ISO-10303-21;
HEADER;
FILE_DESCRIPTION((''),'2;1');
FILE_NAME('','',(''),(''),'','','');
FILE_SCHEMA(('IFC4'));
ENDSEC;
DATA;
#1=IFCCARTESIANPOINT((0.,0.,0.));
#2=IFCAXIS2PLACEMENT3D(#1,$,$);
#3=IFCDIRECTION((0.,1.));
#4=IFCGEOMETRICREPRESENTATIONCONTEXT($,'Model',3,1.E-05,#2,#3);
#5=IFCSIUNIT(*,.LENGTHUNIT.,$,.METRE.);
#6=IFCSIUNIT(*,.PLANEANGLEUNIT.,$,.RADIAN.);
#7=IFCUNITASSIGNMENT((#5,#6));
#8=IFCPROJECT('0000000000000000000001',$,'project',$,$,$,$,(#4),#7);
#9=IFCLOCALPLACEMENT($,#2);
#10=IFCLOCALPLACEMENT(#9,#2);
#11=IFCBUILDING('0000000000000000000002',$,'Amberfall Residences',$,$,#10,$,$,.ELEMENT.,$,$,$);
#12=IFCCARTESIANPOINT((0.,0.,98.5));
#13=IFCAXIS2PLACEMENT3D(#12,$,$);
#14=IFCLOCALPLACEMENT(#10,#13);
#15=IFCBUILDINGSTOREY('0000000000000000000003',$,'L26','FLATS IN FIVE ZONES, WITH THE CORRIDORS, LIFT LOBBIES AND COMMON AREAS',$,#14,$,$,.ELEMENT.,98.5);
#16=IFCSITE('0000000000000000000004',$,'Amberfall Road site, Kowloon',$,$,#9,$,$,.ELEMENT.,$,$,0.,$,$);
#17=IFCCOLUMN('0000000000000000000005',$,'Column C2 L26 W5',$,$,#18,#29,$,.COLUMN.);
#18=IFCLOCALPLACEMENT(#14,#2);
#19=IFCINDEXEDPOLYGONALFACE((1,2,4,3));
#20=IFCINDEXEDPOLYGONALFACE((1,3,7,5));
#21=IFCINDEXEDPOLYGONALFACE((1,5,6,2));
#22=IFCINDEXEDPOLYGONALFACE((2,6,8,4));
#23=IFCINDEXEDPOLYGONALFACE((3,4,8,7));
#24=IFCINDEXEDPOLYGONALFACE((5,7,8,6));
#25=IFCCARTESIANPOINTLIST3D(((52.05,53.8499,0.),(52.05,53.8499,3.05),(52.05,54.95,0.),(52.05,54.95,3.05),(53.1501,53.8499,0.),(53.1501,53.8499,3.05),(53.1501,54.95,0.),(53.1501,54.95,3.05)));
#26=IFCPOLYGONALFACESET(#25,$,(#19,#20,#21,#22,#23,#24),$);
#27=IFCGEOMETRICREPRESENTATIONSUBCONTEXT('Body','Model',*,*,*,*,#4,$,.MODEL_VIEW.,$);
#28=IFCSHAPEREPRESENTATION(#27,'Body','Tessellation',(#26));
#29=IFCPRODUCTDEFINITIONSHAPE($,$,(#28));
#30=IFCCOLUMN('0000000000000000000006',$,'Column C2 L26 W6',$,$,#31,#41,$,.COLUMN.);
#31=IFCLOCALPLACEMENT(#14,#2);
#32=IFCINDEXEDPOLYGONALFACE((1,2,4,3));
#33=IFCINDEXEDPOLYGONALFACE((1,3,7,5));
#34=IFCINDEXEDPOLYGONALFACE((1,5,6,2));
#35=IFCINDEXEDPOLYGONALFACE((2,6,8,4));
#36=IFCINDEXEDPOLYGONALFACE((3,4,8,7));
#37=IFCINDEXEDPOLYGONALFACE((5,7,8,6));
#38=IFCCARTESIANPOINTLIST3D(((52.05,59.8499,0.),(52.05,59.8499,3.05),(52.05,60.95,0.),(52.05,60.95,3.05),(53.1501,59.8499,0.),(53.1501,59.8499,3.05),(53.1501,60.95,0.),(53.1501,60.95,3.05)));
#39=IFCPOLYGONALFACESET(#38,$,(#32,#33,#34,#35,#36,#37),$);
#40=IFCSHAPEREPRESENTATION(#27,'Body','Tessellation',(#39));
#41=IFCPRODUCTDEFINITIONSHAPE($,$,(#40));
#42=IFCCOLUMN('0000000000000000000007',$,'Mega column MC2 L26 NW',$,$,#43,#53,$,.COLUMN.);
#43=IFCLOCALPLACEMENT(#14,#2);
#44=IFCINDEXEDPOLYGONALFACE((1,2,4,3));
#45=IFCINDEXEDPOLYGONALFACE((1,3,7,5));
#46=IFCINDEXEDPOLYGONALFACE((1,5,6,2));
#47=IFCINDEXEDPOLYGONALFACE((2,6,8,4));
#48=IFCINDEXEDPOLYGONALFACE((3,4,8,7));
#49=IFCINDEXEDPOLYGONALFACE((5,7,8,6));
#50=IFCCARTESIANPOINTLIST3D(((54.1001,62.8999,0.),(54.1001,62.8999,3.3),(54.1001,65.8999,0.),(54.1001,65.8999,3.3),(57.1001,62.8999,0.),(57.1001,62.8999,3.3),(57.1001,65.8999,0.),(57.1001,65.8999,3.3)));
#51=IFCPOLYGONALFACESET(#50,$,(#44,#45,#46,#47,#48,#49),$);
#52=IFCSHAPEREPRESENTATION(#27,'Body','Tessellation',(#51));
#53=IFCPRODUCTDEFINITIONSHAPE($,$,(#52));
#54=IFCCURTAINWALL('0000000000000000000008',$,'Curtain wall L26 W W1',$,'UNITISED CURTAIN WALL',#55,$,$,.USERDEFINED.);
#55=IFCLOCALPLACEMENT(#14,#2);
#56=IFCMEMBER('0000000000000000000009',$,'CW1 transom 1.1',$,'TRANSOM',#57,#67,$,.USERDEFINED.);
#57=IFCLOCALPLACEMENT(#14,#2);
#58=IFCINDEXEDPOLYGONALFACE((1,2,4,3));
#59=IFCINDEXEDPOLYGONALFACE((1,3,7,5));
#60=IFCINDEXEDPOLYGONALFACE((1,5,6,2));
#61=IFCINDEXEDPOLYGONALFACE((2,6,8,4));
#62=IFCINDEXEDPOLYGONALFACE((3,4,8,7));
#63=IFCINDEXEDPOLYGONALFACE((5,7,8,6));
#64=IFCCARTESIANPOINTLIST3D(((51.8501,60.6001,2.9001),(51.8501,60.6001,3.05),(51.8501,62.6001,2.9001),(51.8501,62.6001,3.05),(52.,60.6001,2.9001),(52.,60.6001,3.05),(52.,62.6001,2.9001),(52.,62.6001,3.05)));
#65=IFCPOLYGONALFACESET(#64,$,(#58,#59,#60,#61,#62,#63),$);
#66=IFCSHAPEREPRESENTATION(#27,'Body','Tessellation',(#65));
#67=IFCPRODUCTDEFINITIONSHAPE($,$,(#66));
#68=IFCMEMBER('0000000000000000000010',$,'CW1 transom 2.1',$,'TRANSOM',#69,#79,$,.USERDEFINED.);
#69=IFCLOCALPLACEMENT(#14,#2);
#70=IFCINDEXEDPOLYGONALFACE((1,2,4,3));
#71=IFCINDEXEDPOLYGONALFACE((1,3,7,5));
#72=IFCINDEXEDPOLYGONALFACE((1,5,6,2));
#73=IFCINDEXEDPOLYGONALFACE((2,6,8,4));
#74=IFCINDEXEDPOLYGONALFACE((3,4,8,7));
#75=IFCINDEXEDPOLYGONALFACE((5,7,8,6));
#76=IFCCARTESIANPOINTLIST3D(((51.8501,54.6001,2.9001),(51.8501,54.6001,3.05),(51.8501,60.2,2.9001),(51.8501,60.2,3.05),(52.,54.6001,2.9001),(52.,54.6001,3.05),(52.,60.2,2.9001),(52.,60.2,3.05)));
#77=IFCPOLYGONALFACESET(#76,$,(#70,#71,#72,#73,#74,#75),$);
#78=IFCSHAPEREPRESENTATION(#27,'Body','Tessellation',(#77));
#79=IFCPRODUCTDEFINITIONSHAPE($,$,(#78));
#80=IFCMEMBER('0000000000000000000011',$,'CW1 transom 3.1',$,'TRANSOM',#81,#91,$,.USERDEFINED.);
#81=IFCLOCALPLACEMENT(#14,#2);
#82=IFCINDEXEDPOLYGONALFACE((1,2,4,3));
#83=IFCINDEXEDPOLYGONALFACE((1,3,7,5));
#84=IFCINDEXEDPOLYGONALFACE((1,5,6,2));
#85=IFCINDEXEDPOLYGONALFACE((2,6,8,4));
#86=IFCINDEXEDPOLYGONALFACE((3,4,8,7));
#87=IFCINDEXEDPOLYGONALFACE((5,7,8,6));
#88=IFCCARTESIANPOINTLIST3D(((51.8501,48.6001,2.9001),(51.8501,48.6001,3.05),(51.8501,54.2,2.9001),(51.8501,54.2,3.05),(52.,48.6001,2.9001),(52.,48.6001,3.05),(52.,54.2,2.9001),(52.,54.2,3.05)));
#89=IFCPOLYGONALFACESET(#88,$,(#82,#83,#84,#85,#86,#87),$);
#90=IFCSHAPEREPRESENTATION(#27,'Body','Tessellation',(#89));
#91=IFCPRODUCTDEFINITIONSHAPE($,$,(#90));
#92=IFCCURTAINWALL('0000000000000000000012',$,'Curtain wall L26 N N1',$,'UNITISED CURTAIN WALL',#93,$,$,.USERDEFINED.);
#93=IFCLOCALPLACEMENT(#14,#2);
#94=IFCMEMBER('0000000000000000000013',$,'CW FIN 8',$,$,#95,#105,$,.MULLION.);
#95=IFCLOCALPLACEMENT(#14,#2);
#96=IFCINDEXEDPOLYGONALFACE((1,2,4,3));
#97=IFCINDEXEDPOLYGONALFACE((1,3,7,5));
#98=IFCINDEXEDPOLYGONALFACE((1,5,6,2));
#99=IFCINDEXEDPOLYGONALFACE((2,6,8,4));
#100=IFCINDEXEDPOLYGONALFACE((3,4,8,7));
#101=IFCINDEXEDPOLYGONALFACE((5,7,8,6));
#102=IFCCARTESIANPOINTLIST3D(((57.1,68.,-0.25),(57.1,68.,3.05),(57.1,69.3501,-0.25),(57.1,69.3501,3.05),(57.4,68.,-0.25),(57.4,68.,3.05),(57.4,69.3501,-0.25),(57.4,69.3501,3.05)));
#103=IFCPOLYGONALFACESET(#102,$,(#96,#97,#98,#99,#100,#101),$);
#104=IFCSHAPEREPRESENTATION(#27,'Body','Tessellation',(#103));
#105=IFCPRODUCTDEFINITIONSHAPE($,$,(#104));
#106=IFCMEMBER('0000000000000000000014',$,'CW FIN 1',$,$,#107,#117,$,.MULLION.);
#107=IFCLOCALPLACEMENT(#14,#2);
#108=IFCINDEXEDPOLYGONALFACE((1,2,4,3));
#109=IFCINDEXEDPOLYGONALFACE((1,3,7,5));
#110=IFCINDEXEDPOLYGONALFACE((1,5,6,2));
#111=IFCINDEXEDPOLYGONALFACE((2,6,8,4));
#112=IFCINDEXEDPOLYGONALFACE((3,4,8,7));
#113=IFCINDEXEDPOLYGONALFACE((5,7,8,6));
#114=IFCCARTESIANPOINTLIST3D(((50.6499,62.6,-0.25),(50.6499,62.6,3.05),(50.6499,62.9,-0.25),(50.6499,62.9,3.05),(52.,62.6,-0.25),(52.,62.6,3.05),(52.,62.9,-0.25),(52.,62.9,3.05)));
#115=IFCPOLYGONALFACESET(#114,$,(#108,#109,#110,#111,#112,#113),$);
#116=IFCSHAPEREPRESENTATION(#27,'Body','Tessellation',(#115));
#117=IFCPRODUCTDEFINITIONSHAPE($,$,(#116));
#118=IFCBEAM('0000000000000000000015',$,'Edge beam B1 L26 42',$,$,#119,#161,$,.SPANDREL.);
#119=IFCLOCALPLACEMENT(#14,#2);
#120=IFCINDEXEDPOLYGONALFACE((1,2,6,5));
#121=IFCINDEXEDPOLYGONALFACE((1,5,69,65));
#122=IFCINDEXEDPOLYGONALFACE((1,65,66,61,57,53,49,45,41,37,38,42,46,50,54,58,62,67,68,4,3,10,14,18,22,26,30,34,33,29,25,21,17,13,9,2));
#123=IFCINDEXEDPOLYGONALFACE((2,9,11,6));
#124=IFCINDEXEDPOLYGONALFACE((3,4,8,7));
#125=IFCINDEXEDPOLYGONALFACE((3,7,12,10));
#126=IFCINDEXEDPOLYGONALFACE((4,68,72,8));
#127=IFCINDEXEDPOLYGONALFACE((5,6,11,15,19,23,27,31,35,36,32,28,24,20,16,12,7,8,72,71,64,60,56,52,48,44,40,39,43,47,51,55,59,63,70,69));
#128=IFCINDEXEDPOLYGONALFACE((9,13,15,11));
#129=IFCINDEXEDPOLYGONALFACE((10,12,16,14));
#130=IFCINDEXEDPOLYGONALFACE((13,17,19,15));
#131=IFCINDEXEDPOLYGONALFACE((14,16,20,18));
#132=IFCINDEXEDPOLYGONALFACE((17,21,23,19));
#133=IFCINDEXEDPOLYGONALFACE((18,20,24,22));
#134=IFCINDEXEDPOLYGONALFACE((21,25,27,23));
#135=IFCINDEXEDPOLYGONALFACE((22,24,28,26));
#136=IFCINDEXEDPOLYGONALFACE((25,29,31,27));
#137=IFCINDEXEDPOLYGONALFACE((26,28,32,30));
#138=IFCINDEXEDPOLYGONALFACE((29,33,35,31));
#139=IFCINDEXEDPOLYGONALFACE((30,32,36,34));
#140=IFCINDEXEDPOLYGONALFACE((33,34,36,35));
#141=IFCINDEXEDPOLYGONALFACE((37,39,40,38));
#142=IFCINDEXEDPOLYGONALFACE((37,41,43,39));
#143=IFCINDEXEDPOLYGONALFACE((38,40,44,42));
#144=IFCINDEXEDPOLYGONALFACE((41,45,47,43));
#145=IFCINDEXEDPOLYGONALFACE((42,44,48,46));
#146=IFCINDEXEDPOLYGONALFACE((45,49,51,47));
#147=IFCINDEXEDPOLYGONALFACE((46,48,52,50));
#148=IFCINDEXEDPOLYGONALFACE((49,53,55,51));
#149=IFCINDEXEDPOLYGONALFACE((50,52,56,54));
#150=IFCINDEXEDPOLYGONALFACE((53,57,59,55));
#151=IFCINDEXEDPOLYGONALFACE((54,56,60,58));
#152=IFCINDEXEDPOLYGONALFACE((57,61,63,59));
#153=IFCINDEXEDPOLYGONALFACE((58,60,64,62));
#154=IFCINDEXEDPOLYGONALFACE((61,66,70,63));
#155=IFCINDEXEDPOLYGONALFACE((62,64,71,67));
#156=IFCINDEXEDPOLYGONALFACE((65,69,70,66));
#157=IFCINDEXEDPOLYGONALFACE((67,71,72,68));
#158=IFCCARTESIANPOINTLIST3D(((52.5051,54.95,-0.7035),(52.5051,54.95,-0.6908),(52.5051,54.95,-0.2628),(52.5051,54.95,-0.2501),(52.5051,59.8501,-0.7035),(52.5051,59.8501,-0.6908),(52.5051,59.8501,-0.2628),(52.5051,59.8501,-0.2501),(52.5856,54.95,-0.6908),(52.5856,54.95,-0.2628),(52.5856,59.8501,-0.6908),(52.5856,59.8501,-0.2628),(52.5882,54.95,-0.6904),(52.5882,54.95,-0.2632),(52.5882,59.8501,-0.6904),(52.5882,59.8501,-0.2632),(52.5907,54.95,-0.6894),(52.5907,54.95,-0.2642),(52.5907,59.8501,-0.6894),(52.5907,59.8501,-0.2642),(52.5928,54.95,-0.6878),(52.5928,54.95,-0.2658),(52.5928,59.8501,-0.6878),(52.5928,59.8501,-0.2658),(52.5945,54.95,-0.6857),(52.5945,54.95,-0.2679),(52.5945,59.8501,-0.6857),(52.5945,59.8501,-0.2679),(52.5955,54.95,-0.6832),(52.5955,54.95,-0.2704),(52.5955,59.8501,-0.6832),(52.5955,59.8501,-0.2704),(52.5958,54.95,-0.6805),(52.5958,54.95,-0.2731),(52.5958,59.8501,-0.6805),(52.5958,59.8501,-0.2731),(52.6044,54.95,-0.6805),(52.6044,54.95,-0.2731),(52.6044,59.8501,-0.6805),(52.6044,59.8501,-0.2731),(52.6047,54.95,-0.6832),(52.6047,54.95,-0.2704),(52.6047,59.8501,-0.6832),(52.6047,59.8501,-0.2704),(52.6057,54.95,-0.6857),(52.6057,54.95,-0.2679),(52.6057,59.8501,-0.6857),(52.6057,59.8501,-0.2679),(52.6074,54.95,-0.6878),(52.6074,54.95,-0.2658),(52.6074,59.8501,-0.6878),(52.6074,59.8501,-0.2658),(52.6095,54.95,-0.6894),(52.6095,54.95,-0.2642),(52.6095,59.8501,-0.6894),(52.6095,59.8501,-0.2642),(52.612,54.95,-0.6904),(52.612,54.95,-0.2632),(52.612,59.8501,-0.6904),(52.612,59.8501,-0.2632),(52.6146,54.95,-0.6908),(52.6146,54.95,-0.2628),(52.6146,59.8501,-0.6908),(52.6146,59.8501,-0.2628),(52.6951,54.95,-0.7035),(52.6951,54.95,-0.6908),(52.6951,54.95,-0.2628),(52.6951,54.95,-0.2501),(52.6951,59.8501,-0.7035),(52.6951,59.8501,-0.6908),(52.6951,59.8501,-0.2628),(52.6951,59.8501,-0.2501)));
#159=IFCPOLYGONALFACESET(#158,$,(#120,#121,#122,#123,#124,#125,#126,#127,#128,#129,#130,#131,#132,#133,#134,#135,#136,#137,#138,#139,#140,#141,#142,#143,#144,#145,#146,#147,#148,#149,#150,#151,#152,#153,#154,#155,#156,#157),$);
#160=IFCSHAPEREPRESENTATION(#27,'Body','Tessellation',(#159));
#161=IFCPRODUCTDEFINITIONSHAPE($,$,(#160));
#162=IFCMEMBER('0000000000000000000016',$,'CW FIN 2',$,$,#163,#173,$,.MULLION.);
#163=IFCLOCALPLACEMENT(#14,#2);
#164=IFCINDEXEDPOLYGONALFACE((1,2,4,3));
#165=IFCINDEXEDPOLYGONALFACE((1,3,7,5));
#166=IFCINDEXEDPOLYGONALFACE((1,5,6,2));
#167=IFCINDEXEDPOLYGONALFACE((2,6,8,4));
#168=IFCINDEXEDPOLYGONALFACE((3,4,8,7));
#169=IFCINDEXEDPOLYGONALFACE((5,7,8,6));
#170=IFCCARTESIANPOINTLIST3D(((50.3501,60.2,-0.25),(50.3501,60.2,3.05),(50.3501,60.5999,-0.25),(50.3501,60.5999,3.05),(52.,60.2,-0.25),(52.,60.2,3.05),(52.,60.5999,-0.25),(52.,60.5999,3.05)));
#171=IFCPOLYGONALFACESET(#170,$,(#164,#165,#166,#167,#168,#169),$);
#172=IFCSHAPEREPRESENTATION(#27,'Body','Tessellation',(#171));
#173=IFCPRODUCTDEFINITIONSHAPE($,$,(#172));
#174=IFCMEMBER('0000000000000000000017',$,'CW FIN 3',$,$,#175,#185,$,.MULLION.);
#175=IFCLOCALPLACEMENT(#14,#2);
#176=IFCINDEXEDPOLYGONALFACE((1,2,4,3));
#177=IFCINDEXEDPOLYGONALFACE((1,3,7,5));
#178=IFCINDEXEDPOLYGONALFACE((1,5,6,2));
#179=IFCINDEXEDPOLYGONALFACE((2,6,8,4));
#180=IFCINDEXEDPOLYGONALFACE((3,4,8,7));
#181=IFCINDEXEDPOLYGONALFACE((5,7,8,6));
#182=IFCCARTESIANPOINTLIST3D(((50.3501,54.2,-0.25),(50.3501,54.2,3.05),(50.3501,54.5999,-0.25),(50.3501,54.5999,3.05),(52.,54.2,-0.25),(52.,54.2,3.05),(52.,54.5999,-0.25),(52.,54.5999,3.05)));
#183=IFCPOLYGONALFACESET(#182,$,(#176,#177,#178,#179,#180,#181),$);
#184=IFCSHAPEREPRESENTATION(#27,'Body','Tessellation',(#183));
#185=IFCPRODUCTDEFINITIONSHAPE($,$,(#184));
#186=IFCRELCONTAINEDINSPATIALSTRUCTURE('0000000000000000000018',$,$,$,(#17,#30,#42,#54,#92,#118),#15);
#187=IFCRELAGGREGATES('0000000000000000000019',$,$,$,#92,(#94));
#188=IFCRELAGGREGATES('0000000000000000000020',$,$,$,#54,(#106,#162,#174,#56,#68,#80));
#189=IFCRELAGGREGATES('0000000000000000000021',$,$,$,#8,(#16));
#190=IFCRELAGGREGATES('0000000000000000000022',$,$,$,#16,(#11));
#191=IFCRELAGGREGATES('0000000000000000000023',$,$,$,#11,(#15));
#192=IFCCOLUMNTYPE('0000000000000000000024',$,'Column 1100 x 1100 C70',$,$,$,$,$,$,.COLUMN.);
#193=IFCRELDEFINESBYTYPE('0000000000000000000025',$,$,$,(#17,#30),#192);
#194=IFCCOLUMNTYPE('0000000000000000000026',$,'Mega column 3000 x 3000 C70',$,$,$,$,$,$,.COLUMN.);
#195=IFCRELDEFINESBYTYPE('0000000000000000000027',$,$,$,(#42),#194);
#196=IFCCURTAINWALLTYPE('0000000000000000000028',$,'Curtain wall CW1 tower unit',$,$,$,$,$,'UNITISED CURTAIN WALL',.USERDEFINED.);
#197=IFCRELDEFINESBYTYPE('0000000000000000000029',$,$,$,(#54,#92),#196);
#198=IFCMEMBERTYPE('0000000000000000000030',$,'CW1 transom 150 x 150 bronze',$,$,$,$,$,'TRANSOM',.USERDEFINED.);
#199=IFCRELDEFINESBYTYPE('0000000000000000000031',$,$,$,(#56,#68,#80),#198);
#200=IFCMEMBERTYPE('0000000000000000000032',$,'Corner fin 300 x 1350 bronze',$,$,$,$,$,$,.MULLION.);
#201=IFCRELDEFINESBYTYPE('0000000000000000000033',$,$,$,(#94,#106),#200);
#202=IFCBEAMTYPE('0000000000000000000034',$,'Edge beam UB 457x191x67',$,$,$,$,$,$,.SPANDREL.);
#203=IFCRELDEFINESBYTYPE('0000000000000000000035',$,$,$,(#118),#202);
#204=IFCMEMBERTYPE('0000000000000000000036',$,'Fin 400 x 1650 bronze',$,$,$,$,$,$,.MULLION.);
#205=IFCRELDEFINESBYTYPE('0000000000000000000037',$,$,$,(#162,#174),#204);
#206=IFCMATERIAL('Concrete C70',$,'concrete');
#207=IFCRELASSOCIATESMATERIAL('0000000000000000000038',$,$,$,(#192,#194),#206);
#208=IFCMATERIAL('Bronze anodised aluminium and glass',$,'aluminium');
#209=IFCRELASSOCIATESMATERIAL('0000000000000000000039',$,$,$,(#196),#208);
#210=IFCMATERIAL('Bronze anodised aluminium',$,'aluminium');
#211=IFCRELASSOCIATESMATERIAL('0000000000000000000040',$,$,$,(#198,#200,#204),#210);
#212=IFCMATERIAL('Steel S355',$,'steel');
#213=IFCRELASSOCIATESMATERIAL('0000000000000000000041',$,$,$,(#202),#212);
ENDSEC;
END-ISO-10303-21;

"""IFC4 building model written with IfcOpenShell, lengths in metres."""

from ifc_helpers import new_model, si_unit, direction, frame, origin, origin_2d, place, context, subcontext, project, spatial, rectangle, i_section, extrude, material, material_profile, profile_set, type_object, element, aggregate, save


model = new_model("IFC4")

# Units and contexts
model_context = context("Model", 3, precision=1e-05, world=origin(), true_north=direction((0.0, 1.0)))
body_context = subcontext(model_context, "Body", "Model", "MODEL_VIEW")
ifc_project = project(units=[si_unit("LENGTHUNIT", "METRE"), si_unit("PLANEANGLEUNIT", "RADIAN")], contexts=[model_context])

# Site, building, storey
site_placement = place(None, origin())
site = spatial("IfcSite", under=ifc_project, at=site_placement, Name="Amberfall Road site, Kowloon", CompositionType="ELEMENT", RefElevation=0.0)
building_placement = place(site_placement, origin())
building = spatial("IfcBuilding", under=site, at=building_placement, Name="Amberfall Residences", CompositionType="ELEMENT")
storey_placement = place(building_placement, frame((0.0, 0.0, 98.5)))
storey = spatial("IfcBuildingStorey", under=building, at=storey_placement, Name="L26", Description="FLATS IN FIVE ZONES, WITH THE CORRIDORS, LIFT LOBBIES AND COMMON AREAS", CompositionType="ELEMENT", Elevation=98.5)

# Columns
ifc_material_1 = material(Name="Concrete C70", Category="concrete")
ifc_material_profile_1 = material_profile(ifc_material_1, rectangle(XDim=1.1001, YDim=1.1001, at=origin_2d()), Name="Column 1100 x 1100 C70")
ifc_profile_set_1 = profile_set([ifc_material_profile_1], Name="Concrete C70")
column_type_1 = type_object("IfcColumnType", Name="Column 1100 x 1100 C70", PredefinedType="COLUMN", material=ifc_profile_set_1)
for number, where, z_axis, x_axis, name in (
    (1, (52.6001, 54.3999, 0.0), (0.0, 0.0, 1.0), (1.0, 0.0, 0.0), "Column C2 L26 W5"),
    (2, (52.6001, 60.3999, 0.0), (0.0, 0.0, 1.0), (1.0, 0.0, 0.0), "Column C2 L26 W6"),
):
    element("IfcColumn", number, at=place(storey_placement, frame(where, z_axis=z_axis, x_axis=x_axis)), inside=storey, type_object=column_type_1, Name=name, PredefinedType="COLUMN", context=body_context, shape_type="SweptSolid", body=[
        extrude(rectangle(XDim=1.1001, YDim=1.1001, at=origin_2d()), origin(), (0.0, 0.0, 1.0), 3.05),
    ])
ifc_material_profile_2 = material_profile(ifc_material_1, rectangle(XDim=3.0, YDim=3.0, at=origin_2d()), Name="Mega column 3000 x 3000 C70")
ifc_profile_set_2 = profile_set([ifc_material_profile_2], Name="Concrete C70")
column_type_2 = type_object("IfcColumnType", Name="Mega column 3000 x 3000 C70", PredefinedType="COLUMN", material=ifc_profile_set_2)
column_placement = place(storey_placement, frame((55.6001, 64.3999, 0.0), z_axis=(0.0, 0.0, 1.0), x_axis=(1.0, 0.0, 0.0)))
element("IfcColumn", 3, at=column_placement, inside=storey, type_object=column_type_2, Name="Mega column MC2 L26 NW", PredefinedType="COLUMN", context=body_context, shape_type="SweptSolid", body=[
    extrude(rectangle(XDim=3.0, YDim=3.0, at=origin_2d()), origin(), (0.0, 0.0, 1.0), 3.3),
])

# Curtain wall, members
ifc_material_2 = material(Name="Bronze anodised aluminium and glass", Category="aluminium")
curtain_wall_type = type_object("IfcCurtainWallType", Name="Curtain wall CW1 tower unit", ElementType="UNITISED CURTAIN WALL", PredefinedType="USERDEFINED", material=ifc_material_2)
curtain_wall_1_placement = place(storey_placement, origin())
curtain_wall_1 = element("IfcCurtainWall", 4, at=curtain_wall_1_placement, inside=storey, type_object=curtain_wall_type, Name="Curtain wall L26 W W1", ObjectType="UNITISED CURTAIN WALL", PredefinedType="USERDEFINED")
ifc_material_3 = material(Name="Bronze anodised aluminium", Category="aluminium")
ifc_material_profile_3 = material_profile(ifc_material_3, rectangle(XDim=0.1499, YDim=0.1499, at=origin_2d()), Name="CW1 transom 150 x 150 bronze")
ifc_profile_set_3 = profile_set([ifc_material_profile_3], Name="Bronze anodised aluminium")
member_type_1 = type_object("IfcMemberType", Name="CW1 transom 150 x 150 bronze", ElementType="TRANSOM", PredefinedType="USERDEFINED", material=ifc_profile_set_3)
member_1_placement = place(storey_placement, frame((51.925, 62.6001, 2.9751), z_axis=(0.0, -1.0, 0.0), x_axis=(1.0, 0.0, 0.0)))
member_1 = element("IfcMember", 5, at=member_1_placement, type_object=member_type_1, Name="CW1 transom 1.1", ObjectType="TRANSOM", PredefinedType="USERDEFINED", context=body_context, shape_type="SweptSolid", body=[
    extrude(rectangle(XDim=0.1499, YDim=0.1499, at=origin_2d()), origin(), (0.0, 0.0, 1.0), 2.0),
])
member_2_placement = place(storey_placement, frame((51.925, 60.2, 2.9751), z_axis=(0.0, -1.0, 0.0), x_axis=(1.0, 0.0, 0.0)))
member_2 = element("IfcMember", 6, at=member_2_placement, type_object=member_type_1, Name="CW1 transom 2.1", ObjectType="TRANSOM", PredefinedType="USERDEFINED", context=body_context, shape_type="SweptSolid", body=[
    extrude(rectangle(XDim=0.1499, YDim=0.1499, at=origin_2d()), origin(), (0.0, 0.0, 1.0), 5.5999),
])
member_3_placement = place(storey_placement, frame((51.925, 54.2, 2.9751), z_axis=(0.0, -1.0, 0.0), x_axis=(1.0, 0.0, 0.0)))
member_3 = element("IfcMember", 7, at=member_3_placement, type_object=member_type_1, Name="CW1 transom 3.1", ObjectType="TRANSOM", PredefinedType="USERDEFINED", context=body_context, shape_type="SweptSolid", body=[
    extrude(rectangle(XDim=0.1499, YDim=0.1499, at=origin_2d()), origin(), (0.0, 0.0, 1.0), 5.5999),
])

# Curtain wall, member
curtain_wall_2_placement = place(storey_placement, origin())
curtain_wall_2 = element("IfcCurtainWall", 8, at=curtain_wall_2_placement, inside=storey, type_object=curtain_wall_type, Name="Curtain wall L26 N N1", ObjectType="UNITISED CURTAIN WALL", PredefinedType="USERDEFINED")
ifc_material_profile_4 = material_profile(ifc_material_3, rectangle(XDim=1.3501, YDim=0.3, at=origin_2d()), Name="Corner fin 300 x 1350 bronze")
ifc_profile_set_4 = profile_set([ifc_material_profile_4], Name="Bronze anodised aluminium")
member_type_2 = type_object("IfcMemberType", Name="Corner fin 300 x 1350 bronze", PredefinedType="MULLION", material=ifc_profile_set_4)
member_4_placement = place(storey_placement, frame((57.25, 68.675, -0.25), z_axis=(0.0, 0.0, 1.0), x_axis=(0.0, -1.0, 0.0)))
member_4 = element("IfcMember", 9, at=member_4_placement, type_object=member_type_2, Name="CW FIN 8", PredefinedType="MULLION", context=body_context, shape_type="SweptSolid", body=[
    extrude(rectangle(XDim=1.3501, YDim=0.3, at=origin_2d()), origin(), (0.0, 0.0, 1.0), 3.3),
])

# Member
member_5_placement = place(storey_placement, frame((51.325, 62.75, -0.25), z_axis=(0.0, 0.0, 1.0), x_axis=(1.0, 0.0, 0.0)))
member_5 = element("IfcMember", 10, at=member_5_placement, type_object=member_type_2, Name="CW FIN 1", PredefinedType="MULLION", context=body_context, shape_type="SweptSolid", body=[
    extrude(rectangle(XDim=1.3501, YDim=0.3, at=origin_2d()), origin(), (0.0, 0.0, 1.0), 3.3),
])

# Beam
ifc_material_4 = material(Name="Steel S355", Category="steel")
ifc_material_profile_5 = material_profile(ifc_material_4, i_section(OverallWidth=0.1899, OverallDepth=0.4534, WebThickness=0.0085, FlangeThickness=0.0127, FilletRadius=0.0103, at=origin_2d()), Name="UB 457x191x67")
ifc_profile_set_5 = profile_set([ifc_material_profile_5], Name="Steel S355")
beam_type_1 = type_object("IfcBeamType", Name="Edge beam UB 457x191x67", PredefinedType="SPANDREL", material=ifc_profile_set_5)
beam_1_placement = place(storey_placement, frame((52.6001, 54.95, -0.4768), z_axis=(0.0, 1.0, 0.0), x_axis=(-1.0, 0.0, 0.0)))
element("IfcBeam", 11, at=beam_1_placement, inside=storey, type_object=beam_type_1, Name="Edge beam B1 L26 42", PredefinedType="SPANDREL", context=body_context, shape_type="SweptSolid", body=[
    extrude(i_section(OverallWidth=0.1899, OverallDepth=0.4534, WebThickness=0.0085, FlangeThickness=0.0127, FilletRadius=0.0103, at=origin_2d()), origin(), (0.0, 0.0, 1.0), 4.9001),
])

# Members
ifc_material_profile_6 = material_profile(ifc_material_3, rectangle(XDim=1.6499, YDim=0.3999, at=origin_2d()), Name="Fin 400 x 1650 bronze")
ifc_profile_set_6 = profile_set([ifc_material_profile_6], Name="Bronze anodised aluminium")
member_type_3 = type_object("IfcMemberType", Name="Fin 400 x 1650 bronze", PredefinedType="MULLION", material=ifc_profile_set_6)
member_6_placement = place(storey_placement, frame((51.175, 60.3999, -0.25), z_axis=(0.0, 0.0, 1.0), x_axis=(1.0, 0.0, 0.0)))
member_6 = element("IfcMember", 12, at=member_6_placement, type_object=member_type_3, Name="CW FIN 2", PredefinedType="MULLION", context=body_context, shape_type="SweptSolid", body=[
    extrude(rectangle(XDim=1.6499, YDim=0.3999, at=origin_2d()), origin(), (0.0, 0.0, 1.0), 3.3),
])
member_7_placement = place(storey_placement, frame((51.175, 54.3999, -0.25), z_axis=(0.0, 0.0, 1.0), x_axis=(1.0, 0.0, 0.0)))
member_7 = element("IfcMember", 13, at=member_7_placement, type_object=member_type_3, Name="CW FIN 3", PredefinedType="MULLION", context=body_context, shape_type="SweptSolid", body=[
    extrude(rectangle(XDim=1.6499, YDim=0.3999, at=origin_2d()), origin(), (0.0, 0.0, 1.0), 3.3),
])

aggregate(curtain_wall_2, [member_4])
aggregate(curtain_wall_1, [member_5, member_6, member_7, member_1, member_2, member_3])

save(model, "model.ifc")
